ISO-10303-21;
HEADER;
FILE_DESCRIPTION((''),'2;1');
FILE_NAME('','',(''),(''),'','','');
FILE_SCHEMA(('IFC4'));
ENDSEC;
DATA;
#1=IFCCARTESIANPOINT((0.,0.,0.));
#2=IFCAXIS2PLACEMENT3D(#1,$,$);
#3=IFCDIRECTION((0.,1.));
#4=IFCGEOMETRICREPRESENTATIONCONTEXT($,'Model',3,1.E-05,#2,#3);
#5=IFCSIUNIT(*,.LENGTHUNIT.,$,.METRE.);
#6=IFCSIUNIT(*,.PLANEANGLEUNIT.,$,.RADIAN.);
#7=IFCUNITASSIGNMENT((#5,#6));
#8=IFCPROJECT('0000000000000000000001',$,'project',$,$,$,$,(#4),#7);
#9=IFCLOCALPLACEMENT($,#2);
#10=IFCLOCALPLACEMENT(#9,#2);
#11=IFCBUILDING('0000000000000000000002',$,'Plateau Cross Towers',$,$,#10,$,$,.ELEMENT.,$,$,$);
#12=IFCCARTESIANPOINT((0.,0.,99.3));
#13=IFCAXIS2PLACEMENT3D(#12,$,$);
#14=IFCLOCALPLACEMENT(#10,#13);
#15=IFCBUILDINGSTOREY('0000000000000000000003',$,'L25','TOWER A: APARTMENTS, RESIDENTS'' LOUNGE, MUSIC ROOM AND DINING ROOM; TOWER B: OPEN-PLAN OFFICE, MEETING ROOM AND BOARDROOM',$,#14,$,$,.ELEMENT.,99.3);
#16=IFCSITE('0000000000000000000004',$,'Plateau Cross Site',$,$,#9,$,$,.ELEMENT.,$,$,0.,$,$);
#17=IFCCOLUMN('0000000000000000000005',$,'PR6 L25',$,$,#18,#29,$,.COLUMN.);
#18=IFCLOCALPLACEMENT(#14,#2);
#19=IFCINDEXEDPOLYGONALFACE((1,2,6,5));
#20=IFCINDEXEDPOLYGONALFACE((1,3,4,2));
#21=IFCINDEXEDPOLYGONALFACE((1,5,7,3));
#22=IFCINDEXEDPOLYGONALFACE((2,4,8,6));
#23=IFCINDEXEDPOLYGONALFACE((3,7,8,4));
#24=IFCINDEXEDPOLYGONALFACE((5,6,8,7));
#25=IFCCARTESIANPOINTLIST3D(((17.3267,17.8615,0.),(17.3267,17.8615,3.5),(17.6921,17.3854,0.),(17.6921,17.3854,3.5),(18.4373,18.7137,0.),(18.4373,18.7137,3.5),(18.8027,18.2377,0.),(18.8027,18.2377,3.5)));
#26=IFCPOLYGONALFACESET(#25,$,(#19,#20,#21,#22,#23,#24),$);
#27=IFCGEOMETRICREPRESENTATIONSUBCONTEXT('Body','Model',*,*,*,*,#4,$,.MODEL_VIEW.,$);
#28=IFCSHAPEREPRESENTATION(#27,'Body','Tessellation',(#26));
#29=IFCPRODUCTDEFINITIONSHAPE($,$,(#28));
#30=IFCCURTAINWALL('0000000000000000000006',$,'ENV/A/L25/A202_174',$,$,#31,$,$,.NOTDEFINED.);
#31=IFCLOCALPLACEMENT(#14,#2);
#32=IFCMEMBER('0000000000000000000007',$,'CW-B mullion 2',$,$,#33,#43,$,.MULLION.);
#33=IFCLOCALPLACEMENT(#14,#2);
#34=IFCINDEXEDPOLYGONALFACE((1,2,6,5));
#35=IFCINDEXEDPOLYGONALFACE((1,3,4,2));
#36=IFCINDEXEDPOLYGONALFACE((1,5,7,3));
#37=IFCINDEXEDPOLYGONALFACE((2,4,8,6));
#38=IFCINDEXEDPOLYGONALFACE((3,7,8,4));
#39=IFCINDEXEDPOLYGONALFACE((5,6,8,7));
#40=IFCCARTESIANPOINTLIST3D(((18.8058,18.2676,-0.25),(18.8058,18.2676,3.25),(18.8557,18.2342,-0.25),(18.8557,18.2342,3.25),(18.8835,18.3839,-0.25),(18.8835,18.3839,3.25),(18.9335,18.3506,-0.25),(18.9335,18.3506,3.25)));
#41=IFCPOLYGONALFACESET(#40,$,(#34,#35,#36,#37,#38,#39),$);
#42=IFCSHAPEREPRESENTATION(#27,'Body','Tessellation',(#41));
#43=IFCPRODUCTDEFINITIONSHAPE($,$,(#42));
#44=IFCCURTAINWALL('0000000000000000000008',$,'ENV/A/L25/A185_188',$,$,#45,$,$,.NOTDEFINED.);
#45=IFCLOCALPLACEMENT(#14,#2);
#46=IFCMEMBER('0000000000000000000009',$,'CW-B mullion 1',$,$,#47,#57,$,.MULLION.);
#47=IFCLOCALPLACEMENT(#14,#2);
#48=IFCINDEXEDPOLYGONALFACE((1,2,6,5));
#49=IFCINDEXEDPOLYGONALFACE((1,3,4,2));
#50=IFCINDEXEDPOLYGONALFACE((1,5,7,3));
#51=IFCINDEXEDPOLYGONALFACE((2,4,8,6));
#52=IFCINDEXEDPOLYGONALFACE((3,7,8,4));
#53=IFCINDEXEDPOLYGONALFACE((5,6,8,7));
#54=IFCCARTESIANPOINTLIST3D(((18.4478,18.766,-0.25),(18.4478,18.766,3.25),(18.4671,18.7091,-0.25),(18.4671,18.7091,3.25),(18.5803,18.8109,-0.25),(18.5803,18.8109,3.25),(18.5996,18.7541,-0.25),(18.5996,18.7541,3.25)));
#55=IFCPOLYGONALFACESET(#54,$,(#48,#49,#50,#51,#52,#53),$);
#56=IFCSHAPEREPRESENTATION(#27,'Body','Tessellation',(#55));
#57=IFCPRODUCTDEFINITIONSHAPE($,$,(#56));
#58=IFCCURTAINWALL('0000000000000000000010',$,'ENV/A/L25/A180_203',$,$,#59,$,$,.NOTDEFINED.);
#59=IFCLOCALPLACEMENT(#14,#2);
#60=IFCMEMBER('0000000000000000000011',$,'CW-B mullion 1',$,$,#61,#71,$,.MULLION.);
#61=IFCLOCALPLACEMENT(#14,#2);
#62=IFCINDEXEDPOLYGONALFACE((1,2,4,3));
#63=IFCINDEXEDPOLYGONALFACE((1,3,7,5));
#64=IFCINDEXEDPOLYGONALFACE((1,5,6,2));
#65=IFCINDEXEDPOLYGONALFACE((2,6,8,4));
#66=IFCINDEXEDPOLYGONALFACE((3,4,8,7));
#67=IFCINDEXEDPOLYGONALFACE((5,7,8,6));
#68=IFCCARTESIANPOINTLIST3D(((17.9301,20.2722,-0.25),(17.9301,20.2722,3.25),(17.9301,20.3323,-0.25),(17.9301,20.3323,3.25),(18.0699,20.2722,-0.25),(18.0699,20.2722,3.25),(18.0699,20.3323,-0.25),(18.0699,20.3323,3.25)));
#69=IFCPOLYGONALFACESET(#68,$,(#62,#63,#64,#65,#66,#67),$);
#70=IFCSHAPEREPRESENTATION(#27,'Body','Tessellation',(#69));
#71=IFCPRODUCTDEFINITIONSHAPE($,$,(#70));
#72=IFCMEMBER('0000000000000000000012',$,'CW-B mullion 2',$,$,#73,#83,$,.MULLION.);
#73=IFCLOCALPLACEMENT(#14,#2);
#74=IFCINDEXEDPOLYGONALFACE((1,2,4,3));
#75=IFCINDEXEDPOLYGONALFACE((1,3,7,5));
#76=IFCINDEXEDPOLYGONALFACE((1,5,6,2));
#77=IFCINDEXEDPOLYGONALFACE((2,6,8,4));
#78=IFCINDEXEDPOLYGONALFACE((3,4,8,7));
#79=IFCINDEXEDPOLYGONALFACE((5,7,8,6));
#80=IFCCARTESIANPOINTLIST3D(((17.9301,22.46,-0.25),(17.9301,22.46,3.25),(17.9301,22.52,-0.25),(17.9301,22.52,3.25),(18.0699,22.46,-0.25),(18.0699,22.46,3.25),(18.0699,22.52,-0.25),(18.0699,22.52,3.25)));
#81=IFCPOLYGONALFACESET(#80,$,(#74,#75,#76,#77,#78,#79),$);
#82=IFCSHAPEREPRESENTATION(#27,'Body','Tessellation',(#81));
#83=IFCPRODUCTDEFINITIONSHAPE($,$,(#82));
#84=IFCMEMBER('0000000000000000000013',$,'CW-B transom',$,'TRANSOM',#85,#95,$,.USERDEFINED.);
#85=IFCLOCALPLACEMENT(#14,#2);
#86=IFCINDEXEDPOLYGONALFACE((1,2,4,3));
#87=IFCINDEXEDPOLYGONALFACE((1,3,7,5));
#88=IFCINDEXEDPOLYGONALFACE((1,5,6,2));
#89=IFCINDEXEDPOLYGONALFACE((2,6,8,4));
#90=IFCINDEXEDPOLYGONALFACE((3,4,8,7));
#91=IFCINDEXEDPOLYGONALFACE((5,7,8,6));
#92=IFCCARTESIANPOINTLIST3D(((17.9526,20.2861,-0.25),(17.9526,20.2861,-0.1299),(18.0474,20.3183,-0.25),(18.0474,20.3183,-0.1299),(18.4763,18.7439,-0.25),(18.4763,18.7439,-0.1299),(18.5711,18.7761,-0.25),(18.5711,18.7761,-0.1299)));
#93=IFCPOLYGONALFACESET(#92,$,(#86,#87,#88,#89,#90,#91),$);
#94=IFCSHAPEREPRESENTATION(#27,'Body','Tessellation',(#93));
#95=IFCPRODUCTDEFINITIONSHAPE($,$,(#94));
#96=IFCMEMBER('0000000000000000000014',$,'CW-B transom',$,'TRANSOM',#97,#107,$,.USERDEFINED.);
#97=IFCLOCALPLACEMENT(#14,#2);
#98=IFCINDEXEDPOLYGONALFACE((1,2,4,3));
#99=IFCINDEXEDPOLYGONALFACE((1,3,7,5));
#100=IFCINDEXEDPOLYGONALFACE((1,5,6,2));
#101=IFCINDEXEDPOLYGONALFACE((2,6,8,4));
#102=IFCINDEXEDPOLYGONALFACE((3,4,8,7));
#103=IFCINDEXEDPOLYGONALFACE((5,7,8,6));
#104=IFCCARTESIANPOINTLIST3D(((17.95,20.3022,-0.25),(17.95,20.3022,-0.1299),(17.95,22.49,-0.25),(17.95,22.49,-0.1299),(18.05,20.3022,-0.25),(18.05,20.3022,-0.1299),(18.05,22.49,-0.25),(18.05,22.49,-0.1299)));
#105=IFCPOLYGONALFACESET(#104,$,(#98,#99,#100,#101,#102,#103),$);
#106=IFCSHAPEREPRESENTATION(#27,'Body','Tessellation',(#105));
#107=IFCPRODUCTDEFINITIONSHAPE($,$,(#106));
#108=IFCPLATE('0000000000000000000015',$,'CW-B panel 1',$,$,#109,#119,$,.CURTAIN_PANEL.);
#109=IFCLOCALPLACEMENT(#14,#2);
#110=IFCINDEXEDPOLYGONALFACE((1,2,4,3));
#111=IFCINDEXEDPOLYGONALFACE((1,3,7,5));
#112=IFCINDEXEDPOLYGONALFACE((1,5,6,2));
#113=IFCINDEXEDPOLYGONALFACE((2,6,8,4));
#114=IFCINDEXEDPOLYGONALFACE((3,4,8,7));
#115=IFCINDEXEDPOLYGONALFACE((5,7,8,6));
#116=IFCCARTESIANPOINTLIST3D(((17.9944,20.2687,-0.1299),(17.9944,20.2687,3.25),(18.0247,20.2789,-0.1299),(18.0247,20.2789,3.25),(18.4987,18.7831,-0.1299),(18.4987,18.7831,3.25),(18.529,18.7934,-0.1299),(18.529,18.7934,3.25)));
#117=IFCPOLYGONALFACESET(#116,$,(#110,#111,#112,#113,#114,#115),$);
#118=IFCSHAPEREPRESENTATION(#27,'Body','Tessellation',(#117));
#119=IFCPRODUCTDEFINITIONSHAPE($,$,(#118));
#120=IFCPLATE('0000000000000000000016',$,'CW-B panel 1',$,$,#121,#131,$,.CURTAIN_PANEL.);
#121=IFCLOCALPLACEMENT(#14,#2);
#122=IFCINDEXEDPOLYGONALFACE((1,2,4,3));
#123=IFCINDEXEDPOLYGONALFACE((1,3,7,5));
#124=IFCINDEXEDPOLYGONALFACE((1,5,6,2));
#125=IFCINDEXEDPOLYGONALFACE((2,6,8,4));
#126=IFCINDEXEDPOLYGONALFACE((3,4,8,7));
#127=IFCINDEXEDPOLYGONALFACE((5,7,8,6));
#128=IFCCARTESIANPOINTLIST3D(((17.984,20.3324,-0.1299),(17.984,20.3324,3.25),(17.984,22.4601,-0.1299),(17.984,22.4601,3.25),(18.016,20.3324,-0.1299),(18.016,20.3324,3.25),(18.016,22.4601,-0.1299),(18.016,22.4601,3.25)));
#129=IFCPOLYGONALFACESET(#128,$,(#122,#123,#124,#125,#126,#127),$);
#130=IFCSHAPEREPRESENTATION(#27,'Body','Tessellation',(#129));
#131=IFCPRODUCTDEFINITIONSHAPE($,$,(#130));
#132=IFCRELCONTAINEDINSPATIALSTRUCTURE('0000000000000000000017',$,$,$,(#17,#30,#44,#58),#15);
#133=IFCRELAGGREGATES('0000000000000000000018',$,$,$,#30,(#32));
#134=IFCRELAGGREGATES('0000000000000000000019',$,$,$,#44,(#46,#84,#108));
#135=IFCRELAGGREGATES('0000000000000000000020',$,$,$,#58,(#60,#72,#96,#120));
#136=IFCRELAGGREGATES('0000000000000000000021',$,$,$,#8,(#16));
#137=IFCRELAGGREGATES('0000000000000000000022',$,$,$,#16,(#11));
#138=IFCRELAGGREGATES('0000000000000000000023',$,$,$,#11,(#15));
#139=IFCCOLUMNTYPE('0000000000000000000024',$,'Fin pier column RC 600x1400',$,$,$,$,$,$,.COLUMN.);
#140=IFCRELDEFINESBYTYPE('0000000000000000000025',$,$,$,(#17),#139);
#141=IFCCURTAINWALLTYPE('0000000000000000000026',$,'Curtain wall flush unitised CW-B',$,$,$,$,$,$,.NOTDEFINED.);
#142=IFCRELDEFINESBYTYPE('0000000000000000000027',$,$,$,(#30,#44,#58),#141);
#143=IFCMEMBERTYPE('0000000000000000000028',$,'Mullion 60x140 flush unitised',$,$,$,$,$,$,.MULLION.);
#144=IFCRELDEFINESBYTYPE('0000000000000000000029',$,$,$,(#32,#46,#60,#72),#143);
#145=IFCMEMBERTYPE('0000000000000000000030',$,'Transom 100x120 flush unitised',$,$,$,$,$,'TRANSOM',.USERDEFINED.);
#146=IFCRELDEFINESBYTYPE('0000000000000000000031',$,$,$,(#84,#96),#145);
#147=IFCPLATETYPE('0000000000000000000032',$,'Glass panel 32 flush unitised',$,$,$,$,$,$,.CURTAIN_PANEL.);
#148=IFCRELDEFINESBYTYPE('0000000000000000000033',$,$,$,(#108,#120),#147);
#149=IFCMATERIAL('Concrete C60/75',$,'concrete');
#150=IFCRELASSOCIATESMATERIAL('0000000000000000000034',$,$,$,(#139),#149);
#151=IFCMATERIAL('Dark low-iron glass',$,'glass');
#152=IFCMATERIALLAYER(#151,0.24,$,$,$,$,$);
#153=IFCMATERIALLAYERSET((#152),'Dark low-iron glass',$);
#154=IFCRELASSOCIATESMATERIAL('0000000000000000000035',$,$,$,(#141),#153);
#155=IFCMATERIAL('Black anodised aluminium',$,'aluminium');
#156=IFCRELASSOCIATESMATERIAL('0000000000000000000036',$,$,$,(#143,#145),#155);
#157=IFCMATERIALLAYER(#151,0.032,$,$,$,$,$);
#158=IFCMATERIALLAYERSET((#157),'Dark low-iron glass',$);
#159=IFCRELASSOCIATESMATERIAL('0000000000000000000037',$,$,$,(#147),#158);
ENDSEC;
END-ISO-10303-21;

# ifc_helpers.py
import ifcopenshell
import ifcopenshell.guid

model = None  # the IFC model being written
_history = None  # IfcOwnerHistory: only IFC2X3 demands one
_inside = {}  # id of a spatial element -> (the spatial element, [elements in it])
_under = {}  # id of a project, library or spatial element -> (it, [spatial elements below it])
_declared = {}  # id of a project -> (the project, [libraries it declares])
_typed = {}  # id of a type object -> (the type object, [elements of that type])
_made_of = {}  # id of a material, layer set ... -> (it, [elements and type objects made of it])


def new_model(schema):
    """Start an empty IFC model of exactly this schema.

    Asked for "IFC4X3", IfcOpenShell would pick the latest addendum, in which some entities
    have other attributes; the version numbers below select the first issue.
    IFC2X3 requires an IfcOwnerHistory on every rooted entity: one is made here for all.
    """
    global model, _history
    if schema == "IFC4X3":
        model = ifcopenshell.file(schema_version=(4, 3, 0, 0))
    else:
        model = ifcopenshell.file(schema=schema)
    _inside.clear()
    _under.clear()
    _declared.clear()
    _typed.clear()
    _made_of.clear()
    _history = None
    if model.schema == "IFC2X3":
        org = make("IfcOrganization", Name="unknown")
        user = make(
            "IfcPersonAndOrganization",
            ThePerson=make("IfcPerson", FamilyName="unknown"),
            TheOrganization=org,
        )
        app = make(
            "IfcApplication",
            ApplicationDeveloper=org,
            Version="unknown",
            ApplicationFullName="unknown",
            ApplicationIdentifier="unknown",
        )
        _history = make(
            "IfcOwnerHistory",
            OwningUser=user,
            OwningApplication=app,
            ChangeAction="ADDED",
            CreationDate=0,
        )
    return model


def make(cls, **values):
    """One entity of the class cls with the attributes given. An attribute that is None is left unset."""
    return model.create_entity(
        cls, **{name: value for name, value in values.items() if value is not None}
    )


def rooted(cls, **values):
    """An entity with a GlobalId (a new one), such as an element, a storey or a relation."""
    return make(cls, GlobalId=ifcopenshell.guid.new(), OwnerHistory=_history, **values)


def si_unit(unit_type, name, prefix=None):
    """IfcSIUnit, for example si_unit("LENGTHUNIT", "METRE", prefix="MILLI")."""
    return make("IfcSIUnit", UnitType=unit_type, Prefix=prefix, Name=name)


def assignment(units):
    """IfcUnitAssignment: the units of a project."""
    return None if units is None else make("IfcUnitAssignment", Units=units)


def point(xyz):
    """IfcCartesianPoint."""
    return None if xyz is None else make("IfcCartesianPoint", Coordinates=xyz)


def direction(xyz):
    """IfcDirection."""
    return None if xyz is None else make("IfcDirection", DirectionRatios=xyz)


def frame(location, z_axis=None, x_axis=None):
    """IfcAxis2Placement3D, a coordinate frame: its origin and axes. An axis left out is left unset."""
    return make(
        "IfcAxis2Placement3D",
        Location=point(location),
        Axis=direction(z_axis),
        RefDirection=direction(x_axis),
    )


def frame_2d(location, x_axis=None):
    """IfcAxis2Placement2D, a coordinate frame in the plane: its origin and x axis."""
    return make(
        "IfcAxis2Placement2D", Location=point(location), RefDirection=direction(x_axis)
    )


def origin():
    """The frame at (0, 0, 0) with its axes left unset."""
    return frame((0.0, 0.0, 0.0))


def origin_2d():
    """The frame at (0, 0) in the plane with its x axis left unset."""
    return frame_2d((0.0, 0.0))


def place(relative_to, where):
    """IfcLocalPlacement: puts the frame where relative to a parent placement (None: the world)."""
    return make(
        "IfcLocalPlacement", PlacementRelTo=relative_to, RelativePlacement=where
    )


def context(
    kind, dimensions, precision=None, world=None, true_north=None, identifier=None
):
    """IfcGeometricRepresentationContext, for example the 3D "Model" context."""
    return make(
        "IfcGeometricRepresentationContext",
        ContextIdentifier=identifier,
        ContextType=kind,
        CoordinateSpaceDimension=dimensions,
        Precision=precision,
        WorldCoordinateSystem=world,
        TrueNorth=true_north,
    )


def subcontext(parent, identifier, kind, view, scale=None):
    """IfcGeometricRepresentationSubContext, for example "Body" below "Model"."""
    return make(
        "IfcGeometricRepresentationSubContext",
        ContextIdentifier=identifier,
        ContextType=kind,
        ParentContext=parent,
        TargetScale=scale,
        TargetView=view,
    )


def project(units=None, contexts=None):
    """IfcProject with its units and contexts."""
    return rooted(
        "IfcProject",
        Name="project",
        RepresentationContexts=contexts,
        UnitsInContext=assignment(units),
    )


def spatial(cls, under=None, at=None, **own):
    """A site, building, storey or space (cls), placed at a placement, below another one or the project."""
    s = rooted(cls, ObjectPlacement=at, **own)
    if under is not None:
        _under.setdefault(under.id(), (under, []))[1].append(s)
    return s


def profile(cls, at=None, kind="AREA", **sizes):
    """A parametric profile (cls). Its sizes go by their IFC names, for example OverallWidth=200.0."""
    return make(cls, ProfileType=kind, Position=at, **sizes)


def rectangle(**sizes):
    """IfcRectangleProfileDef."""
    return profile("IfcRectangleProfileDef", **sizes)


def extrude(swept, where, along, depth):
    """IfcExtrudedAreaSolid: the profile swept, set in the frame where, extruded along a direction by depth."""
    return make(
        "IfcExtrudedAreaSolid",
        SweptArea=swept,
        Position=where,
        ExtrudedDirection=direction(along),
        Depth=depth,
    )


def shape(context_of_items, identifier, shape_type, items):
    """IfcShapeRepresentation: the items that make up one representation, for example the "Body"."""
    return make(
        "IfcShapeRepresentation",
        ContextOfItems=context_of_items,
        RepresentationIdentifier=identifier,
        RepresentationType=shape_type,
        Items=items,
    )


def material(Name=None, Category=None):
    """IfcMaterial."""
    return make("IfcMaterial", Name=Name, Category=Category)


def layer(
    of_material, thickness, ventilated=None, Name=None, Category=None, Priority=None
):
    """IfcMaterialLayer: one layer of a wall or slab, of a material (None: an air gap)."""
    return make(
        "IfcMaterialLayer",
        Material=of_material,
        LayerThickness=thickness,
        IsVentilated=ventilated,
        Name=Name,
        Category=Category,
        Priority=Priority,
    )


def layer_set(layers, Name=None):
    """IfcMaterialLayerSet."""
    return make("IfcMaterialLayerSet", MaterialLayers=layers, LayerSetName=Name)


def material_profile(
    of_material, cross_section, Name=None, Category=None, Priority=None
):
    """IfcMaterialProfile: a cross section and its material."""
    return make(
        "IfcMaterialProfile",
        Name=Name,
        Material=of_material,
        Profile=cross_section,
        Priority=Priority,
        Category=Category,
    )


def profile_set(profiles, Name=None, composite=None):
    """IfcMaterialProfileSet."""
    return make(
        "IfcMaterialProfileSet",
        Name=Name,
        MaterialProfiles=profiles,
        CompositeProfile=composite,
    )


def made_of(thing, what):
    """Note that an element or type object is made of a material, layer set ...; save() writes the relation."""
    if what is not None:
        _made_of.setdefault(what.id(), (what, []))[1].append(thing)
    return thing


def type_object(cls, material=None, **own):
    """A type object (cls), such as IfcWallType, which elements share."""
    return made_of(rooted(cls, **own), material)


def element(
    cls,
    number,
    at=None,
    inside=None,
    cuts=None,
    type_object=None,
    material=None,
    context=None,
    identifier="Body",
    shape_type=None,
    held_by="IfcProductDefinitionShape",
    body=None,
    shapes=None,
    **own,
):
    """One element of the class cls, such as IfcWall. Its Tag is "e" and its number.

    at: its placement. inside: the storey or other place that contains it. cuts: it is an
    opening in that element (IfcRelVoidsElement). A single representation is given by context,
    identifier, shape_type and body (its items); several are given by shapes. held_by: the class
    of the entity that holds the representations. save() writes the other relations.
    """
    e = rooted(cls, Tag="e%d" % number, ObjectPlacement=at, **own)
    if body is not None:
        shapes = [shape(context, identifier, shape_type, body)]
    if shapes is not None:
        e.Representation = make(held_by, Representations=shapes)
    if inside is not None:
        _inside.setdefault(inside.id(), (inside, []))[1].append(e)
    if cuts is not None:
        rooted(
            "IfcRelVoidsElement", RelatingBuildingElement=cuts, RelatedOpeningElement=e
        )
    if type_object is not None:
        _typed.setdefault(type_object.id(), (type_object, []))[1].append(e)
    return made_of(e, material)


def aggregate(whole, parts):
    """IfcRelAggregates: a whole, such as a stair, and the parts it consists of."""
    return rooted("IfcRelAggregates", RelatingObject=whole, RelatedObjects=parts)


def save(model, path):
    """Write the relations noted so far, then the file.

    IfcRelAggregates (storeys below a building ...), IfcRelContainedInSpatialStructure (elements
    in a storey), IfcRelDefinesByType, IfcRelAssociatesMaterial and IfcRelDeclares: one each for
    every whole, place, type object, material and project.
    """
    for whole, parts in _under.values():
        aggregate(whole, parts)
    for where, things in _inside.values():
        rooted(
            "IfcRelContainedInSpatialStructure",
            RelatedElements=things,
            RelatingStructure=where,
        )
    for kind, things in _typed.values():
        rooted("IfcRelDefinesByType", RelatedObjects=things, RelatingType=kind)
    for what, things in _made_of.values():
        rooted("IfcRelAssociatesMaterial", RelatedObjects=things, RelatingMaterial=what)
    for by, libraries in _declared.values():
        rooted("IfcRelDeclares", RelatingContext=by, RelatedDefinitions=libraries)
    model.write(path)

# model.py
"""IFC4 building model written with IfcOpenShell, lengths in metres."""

from ifc_helpers import new_model, si_unit, direction, frame, origin, origin_2d, place, context, subcontext, project, spatial, rectangle, extrude, material, layer, layer_set, material_profile, profile_set, type_object, element, aggregate, save


model = new_model("IFC4")

# Units and contexts
model_context = context("Model", 3, precision=1e-05, world=origin(), true_north=direction((0.0, 1.0)))
body_context = subcontext(model_context, "Body", "Model", "MODEL_VIEW")
ifc_project = project(units=[si_unit("LENGTHUNIT", "METRE"), si_unit("PLANEANGLEUNIT", "RADIAN")], contexts=[model_context])

# Site, building, storey
site_placement = place(None, origin())
site = spatial("IfcSite", under=ifc_project, at=site_placement, Name="Plateau Cross Site", CompositionType="ELEMENT", RefElevation=0.0)
building_placement = place(site_placement, origin())
building = spatial("IfcBuilding", under=site, at=building_placement, Name="Plateau Cross Towers", CompositionType="ELEMENT")
storey_placement = place(building_placement, frame((0.0, 0.0, 99.3)))
storey = spatial("IfcBuildingStorey", under=building, at=storey_placement, Name="L25", Description="TOWER A: APARTMENTS, RESIDENTS' LOUNGE, MUSIC ROOM AND DINING ROOM; TOWER B: OPEN-PLAN OFFICE, MEETING ROOM AND BOARDROOM", CompositionType="ELEMENT", Elevation=99.3)

# Column
ifc_material_1 = material(Name="Concrete C60/75", Category="concrete")
ifc_material_profile_1 = material_profile(ifc_material_1, rectangle(XDim=0.6001, YDim=1.3999, at=origin_2d()), Name="RC 600x1400")
ifc_profile_set_1 = profile_set([ifc_material_profile_1], Name="Concrete C60/75")
column_type = type_object("IfcColumnType", Name="Fin pier column RC 600x1400", PredefinedType="COLUMN", material=ifc_profile_set_1)
column_placement = place(storey_placement, frame((18.0647, 18.0496, 0.0), z_axis=(0.0, 0.0, 1.0), x_axis=(-0.608811, 0.793315, 0.0)))
element("IfcColumn", 1, at=column_placement, inside=storey, type_object=column_type, Name="PR6 L25", PredefinedType="COLUMN", context=body_context, shape_type="SweptSolid", body=[
    extrude(rectangle(XDim=0.6001, YDim=1.3999, at=origin_2d()), origin(), (0.0, 0.0, 1.0), 3.5),
])

# Curtain walls, members
ifc_material_2 = material(Name="Dark low-iron glass", Category="glass")
ifc_layer_1 = layer(ifc_material_2, 0.24)
ifc_layer_set_1 = layer_set([ifc_layer_1], Name="Dark low-iron glass")
curtain_wall_type = type_object("IfcCurtainWallType", Name="Curtain wall flush unitised CW-B", PredefinedType="NOTDEFINED", material=ifc_layer_set_1)
curtain_wall_1_placement = place(storey_placement, origin())
curtain_wall_1 = element("IfcCurtainWall", 2, at=curtain_wall_1_placement, inside=storey, type_object=curtain_wall_type, Name="ENV/A/L25/A202_174", PredefinedType="NOTDEFINED")
ifc_material_3 = material(Name="Black anodised aluminium", Category="aluminium")
ifc_material_profile_2 = material_profile(ifc_material_3, rectangle(XDim=0.0601, YDim=0.1399, at=origin_2d()), Name="MULLION 60x140")
ifc_profile_set_2 = profile_set([ifc_material_profile_2], Name="Black anodised aluminium")
member_type_1 = type_object("IfcMemberType", Name="Mullion 60x140 flush unitised", PredefinedType="MULLION", material=ifc_profile_set_2)
member_1_placement = place(storey_placement, frame((18.8696, 18.3091, -0.25), z_axis=(0.0, 0.0, 1.0), x_axis=(-0.831521, 0.555493, 0.0)))
member_1 = element("IfcMember", 3, at=member_1_placement, type_object=member_type_1, Name="CW-B mullion 2", PredefinedType="MULLION", context=body_context, shape_type="SweptSolid", body=[
    extrude(rectangle(XDim=0.0601, YDim=0.1399, at=origin_2d()), origin(), (0.0, 0.0, 1.0), 3.5),
])
aggregate(curtain_wall_1, [member_1])
curtain_wall_2_placement = place(storey_placement, origin())
curtain_wall_2 = element("IfcCurtainWall", 4, at=curtain_wall_2_placement, inside=storey, type_object=curtain_wall_type, Name="ENV/A/L25/A185_188", PredefinedType="NOTDEFINED")
member_2_placement = place(storey_placement, frame((18.5237, 18.76, -0.25), z_axis=(0.0, 0.0, 1.0), x_axis=(-0.321469, 0.94692, 0.0)))
member_2 = element("IfcMember", 5, at=member_2_placement, type_object=member_type_1, Name="CW-B mullion 1", PredefinedType="MULLION", context=body_context, shape_type="SweptSolid", body=[
    extrude(rectangle(XDim=0.0601, YDim=0.1399, at=origin_2d()), origin(), (0.0, 0.0, 1.0), 3.5),
])

# Curtain wall, members
curtain_wall_3_placement = place(storey_placement, origin())
curtain_wall_3 = element("IfcCurtainWall", 6, at=curtain_wall_3_placement, inside=storey, type_object=curtain_wall_type, Name="ENV/A/L25/A180_203", PredefinedType="NOTDEFINED")
member_3_placement = place(storey_placement, frame((18.0, 20.3022, -0.25), z_axis=(0.0, 0.0, 1.0), x_axis=(0.0, 1.0, 0.0)))
member_3 = element("IfcMember", 7, at=member_3_placement, type_object=member_type_1, Name="CW-B mullion 1", PredefinedType="MULLION", context=body_context, shape_type="SweptSolid", body=[
    extrude(rectangle(XDim=0.0601, YDim=0.1399, at=origin_2d()), origin(), (0.0, 0.0, 1.0), 3.5),
])
member_4_placement = place(storey_placement, frame((18.0, 22.49, -0.25), z_axis=(0.0, 0.0, 1.0), x_axis=(0.0, 1.0, 0.0)))
member_4 = element("IfcMember", 8, at=member_4_placement, type_object=member_type_1, Name="CW-B mullion 2", PredefinedType="MULLION", context=body_context, shape_type="SweptSolid", body=[
    extrude(rectangle(XDim=0.0601, YDim=0.1399, at=origin_2d()), origin(), (0.0, 0.0, 1.0), 3.5),
])

# Members
ifc_material_profile_3 = material_profile(ifc_material_3, rectangle(XDim=0.1001, YDim=0.1201, at=origin_2d()), Name="TRANSOM 100x120")
ifc_profile_set_3 = profile_set([ifc_material_profile_3], Name="Black anodised aluminium")
member_type_2 = type_object("IfcMemberType", Name="Transom 100x120 flush unitised", ElementType="TRANSOM", PredefinedType="USERDEFINED", material=ifc_profile_set_3)
member_5_placement = place(storey_placement, frame((18.5237, 18.76, -0.1899), z_axis=(-0.321529, 0.9469, 0.0), x_axis=(-0.9469, -0.321529, 0.0)))
member_5 = element("IfcMember", 9, at=member_5_placement, type_object=member_type_2, Name="CW-B transom", ObjectType="TRANSOM", PredefinedType="USERDEFINED", context=body_context, shape_type="SweptSolid", body=[
    extrude(rectangle(XDim=0.1001, YDim=0.1201, at=origin_2d()), origin(), (0.0, 0.0, 1.0), 1.6287),
])
member_6_placement = place(storey_placement, frame((18.0, 20.3022, -0.1899), z_axis=(0.0, 1.0, 0.0), x_axis=(-1.0, 0.0, 0.0)))
member_6 = element("IfcMember", 10, at=member_6_placement, type_object=member_type_2, Name="CW-B transom", ObjectType="TRANSOM", PredefinedType="USERDEFINED", context=body_context, shape_type="SweptSolid", body=[
    extrude(rectangle(XDim=0.1001, YDim=0.1201, at=origin_2d()), origin(), (0.0, 0.0, 1.0), 2.1877),
])

# Plates
ifc_layer_2 = layer(ifc_material_2, 0.032)
ifc_layer_set_2 = layer_set([ifc_layer_2], Name="Dark low-iron glass")
plate_type = type_object("IfcPlateType", Name="Glass panel 32 flush unitised", PredefinedType="CURTAIN_PANEL", material=ifc_layer_set_2)
plate_1_placement = place(storey_placement, frame((18.2617, 19.531, -0.1299), z_axis=(0.0, 0.0, 1.0), x_axis=(-0.321469, 0.94692, 0.0)))
plate_1 = element("IfcPlate", 11, at=plate_1_placement, type_object=plate_type, Name="CW-B panel 1", PredefinedType="CURTAIN_PANEL", context=body_context, shape_type="SweptSolid", body=[
    extrude(rectangle(XDim=1.5688, YDim=0.032, at=origin_2d()), origin(), (0.0, 0.0, 1.0), 3.3799),
])
aggregate(curtain_wall_2, [member_2, member_5, plate_1])
plate_2_placement = place(storey_placement, frame((18.0, 21.3962, -0.1299), z_axis=(0.0, 0.0, 1.0), x_axis=(0.0, 1.0, 0.0)))
plate_2 = element("IfcPlate", 12, at=plate_2_placement, type_object=plate_type, Name="CW-B panel 1", PredefinedType="CURTAIN_PANEL", context=body_context, shape_type="SweptSolid", body=[
    extrude(rectangle(XDim=2.1277, YDim=0.032, at=origin_2d()), origin(), (0.0, 0.0, 1.0), 3.3799),
])
aggregate(curtain_wall_3, [member_3, member_4, member_6, plate_2])

save(model, "model.ifc")
